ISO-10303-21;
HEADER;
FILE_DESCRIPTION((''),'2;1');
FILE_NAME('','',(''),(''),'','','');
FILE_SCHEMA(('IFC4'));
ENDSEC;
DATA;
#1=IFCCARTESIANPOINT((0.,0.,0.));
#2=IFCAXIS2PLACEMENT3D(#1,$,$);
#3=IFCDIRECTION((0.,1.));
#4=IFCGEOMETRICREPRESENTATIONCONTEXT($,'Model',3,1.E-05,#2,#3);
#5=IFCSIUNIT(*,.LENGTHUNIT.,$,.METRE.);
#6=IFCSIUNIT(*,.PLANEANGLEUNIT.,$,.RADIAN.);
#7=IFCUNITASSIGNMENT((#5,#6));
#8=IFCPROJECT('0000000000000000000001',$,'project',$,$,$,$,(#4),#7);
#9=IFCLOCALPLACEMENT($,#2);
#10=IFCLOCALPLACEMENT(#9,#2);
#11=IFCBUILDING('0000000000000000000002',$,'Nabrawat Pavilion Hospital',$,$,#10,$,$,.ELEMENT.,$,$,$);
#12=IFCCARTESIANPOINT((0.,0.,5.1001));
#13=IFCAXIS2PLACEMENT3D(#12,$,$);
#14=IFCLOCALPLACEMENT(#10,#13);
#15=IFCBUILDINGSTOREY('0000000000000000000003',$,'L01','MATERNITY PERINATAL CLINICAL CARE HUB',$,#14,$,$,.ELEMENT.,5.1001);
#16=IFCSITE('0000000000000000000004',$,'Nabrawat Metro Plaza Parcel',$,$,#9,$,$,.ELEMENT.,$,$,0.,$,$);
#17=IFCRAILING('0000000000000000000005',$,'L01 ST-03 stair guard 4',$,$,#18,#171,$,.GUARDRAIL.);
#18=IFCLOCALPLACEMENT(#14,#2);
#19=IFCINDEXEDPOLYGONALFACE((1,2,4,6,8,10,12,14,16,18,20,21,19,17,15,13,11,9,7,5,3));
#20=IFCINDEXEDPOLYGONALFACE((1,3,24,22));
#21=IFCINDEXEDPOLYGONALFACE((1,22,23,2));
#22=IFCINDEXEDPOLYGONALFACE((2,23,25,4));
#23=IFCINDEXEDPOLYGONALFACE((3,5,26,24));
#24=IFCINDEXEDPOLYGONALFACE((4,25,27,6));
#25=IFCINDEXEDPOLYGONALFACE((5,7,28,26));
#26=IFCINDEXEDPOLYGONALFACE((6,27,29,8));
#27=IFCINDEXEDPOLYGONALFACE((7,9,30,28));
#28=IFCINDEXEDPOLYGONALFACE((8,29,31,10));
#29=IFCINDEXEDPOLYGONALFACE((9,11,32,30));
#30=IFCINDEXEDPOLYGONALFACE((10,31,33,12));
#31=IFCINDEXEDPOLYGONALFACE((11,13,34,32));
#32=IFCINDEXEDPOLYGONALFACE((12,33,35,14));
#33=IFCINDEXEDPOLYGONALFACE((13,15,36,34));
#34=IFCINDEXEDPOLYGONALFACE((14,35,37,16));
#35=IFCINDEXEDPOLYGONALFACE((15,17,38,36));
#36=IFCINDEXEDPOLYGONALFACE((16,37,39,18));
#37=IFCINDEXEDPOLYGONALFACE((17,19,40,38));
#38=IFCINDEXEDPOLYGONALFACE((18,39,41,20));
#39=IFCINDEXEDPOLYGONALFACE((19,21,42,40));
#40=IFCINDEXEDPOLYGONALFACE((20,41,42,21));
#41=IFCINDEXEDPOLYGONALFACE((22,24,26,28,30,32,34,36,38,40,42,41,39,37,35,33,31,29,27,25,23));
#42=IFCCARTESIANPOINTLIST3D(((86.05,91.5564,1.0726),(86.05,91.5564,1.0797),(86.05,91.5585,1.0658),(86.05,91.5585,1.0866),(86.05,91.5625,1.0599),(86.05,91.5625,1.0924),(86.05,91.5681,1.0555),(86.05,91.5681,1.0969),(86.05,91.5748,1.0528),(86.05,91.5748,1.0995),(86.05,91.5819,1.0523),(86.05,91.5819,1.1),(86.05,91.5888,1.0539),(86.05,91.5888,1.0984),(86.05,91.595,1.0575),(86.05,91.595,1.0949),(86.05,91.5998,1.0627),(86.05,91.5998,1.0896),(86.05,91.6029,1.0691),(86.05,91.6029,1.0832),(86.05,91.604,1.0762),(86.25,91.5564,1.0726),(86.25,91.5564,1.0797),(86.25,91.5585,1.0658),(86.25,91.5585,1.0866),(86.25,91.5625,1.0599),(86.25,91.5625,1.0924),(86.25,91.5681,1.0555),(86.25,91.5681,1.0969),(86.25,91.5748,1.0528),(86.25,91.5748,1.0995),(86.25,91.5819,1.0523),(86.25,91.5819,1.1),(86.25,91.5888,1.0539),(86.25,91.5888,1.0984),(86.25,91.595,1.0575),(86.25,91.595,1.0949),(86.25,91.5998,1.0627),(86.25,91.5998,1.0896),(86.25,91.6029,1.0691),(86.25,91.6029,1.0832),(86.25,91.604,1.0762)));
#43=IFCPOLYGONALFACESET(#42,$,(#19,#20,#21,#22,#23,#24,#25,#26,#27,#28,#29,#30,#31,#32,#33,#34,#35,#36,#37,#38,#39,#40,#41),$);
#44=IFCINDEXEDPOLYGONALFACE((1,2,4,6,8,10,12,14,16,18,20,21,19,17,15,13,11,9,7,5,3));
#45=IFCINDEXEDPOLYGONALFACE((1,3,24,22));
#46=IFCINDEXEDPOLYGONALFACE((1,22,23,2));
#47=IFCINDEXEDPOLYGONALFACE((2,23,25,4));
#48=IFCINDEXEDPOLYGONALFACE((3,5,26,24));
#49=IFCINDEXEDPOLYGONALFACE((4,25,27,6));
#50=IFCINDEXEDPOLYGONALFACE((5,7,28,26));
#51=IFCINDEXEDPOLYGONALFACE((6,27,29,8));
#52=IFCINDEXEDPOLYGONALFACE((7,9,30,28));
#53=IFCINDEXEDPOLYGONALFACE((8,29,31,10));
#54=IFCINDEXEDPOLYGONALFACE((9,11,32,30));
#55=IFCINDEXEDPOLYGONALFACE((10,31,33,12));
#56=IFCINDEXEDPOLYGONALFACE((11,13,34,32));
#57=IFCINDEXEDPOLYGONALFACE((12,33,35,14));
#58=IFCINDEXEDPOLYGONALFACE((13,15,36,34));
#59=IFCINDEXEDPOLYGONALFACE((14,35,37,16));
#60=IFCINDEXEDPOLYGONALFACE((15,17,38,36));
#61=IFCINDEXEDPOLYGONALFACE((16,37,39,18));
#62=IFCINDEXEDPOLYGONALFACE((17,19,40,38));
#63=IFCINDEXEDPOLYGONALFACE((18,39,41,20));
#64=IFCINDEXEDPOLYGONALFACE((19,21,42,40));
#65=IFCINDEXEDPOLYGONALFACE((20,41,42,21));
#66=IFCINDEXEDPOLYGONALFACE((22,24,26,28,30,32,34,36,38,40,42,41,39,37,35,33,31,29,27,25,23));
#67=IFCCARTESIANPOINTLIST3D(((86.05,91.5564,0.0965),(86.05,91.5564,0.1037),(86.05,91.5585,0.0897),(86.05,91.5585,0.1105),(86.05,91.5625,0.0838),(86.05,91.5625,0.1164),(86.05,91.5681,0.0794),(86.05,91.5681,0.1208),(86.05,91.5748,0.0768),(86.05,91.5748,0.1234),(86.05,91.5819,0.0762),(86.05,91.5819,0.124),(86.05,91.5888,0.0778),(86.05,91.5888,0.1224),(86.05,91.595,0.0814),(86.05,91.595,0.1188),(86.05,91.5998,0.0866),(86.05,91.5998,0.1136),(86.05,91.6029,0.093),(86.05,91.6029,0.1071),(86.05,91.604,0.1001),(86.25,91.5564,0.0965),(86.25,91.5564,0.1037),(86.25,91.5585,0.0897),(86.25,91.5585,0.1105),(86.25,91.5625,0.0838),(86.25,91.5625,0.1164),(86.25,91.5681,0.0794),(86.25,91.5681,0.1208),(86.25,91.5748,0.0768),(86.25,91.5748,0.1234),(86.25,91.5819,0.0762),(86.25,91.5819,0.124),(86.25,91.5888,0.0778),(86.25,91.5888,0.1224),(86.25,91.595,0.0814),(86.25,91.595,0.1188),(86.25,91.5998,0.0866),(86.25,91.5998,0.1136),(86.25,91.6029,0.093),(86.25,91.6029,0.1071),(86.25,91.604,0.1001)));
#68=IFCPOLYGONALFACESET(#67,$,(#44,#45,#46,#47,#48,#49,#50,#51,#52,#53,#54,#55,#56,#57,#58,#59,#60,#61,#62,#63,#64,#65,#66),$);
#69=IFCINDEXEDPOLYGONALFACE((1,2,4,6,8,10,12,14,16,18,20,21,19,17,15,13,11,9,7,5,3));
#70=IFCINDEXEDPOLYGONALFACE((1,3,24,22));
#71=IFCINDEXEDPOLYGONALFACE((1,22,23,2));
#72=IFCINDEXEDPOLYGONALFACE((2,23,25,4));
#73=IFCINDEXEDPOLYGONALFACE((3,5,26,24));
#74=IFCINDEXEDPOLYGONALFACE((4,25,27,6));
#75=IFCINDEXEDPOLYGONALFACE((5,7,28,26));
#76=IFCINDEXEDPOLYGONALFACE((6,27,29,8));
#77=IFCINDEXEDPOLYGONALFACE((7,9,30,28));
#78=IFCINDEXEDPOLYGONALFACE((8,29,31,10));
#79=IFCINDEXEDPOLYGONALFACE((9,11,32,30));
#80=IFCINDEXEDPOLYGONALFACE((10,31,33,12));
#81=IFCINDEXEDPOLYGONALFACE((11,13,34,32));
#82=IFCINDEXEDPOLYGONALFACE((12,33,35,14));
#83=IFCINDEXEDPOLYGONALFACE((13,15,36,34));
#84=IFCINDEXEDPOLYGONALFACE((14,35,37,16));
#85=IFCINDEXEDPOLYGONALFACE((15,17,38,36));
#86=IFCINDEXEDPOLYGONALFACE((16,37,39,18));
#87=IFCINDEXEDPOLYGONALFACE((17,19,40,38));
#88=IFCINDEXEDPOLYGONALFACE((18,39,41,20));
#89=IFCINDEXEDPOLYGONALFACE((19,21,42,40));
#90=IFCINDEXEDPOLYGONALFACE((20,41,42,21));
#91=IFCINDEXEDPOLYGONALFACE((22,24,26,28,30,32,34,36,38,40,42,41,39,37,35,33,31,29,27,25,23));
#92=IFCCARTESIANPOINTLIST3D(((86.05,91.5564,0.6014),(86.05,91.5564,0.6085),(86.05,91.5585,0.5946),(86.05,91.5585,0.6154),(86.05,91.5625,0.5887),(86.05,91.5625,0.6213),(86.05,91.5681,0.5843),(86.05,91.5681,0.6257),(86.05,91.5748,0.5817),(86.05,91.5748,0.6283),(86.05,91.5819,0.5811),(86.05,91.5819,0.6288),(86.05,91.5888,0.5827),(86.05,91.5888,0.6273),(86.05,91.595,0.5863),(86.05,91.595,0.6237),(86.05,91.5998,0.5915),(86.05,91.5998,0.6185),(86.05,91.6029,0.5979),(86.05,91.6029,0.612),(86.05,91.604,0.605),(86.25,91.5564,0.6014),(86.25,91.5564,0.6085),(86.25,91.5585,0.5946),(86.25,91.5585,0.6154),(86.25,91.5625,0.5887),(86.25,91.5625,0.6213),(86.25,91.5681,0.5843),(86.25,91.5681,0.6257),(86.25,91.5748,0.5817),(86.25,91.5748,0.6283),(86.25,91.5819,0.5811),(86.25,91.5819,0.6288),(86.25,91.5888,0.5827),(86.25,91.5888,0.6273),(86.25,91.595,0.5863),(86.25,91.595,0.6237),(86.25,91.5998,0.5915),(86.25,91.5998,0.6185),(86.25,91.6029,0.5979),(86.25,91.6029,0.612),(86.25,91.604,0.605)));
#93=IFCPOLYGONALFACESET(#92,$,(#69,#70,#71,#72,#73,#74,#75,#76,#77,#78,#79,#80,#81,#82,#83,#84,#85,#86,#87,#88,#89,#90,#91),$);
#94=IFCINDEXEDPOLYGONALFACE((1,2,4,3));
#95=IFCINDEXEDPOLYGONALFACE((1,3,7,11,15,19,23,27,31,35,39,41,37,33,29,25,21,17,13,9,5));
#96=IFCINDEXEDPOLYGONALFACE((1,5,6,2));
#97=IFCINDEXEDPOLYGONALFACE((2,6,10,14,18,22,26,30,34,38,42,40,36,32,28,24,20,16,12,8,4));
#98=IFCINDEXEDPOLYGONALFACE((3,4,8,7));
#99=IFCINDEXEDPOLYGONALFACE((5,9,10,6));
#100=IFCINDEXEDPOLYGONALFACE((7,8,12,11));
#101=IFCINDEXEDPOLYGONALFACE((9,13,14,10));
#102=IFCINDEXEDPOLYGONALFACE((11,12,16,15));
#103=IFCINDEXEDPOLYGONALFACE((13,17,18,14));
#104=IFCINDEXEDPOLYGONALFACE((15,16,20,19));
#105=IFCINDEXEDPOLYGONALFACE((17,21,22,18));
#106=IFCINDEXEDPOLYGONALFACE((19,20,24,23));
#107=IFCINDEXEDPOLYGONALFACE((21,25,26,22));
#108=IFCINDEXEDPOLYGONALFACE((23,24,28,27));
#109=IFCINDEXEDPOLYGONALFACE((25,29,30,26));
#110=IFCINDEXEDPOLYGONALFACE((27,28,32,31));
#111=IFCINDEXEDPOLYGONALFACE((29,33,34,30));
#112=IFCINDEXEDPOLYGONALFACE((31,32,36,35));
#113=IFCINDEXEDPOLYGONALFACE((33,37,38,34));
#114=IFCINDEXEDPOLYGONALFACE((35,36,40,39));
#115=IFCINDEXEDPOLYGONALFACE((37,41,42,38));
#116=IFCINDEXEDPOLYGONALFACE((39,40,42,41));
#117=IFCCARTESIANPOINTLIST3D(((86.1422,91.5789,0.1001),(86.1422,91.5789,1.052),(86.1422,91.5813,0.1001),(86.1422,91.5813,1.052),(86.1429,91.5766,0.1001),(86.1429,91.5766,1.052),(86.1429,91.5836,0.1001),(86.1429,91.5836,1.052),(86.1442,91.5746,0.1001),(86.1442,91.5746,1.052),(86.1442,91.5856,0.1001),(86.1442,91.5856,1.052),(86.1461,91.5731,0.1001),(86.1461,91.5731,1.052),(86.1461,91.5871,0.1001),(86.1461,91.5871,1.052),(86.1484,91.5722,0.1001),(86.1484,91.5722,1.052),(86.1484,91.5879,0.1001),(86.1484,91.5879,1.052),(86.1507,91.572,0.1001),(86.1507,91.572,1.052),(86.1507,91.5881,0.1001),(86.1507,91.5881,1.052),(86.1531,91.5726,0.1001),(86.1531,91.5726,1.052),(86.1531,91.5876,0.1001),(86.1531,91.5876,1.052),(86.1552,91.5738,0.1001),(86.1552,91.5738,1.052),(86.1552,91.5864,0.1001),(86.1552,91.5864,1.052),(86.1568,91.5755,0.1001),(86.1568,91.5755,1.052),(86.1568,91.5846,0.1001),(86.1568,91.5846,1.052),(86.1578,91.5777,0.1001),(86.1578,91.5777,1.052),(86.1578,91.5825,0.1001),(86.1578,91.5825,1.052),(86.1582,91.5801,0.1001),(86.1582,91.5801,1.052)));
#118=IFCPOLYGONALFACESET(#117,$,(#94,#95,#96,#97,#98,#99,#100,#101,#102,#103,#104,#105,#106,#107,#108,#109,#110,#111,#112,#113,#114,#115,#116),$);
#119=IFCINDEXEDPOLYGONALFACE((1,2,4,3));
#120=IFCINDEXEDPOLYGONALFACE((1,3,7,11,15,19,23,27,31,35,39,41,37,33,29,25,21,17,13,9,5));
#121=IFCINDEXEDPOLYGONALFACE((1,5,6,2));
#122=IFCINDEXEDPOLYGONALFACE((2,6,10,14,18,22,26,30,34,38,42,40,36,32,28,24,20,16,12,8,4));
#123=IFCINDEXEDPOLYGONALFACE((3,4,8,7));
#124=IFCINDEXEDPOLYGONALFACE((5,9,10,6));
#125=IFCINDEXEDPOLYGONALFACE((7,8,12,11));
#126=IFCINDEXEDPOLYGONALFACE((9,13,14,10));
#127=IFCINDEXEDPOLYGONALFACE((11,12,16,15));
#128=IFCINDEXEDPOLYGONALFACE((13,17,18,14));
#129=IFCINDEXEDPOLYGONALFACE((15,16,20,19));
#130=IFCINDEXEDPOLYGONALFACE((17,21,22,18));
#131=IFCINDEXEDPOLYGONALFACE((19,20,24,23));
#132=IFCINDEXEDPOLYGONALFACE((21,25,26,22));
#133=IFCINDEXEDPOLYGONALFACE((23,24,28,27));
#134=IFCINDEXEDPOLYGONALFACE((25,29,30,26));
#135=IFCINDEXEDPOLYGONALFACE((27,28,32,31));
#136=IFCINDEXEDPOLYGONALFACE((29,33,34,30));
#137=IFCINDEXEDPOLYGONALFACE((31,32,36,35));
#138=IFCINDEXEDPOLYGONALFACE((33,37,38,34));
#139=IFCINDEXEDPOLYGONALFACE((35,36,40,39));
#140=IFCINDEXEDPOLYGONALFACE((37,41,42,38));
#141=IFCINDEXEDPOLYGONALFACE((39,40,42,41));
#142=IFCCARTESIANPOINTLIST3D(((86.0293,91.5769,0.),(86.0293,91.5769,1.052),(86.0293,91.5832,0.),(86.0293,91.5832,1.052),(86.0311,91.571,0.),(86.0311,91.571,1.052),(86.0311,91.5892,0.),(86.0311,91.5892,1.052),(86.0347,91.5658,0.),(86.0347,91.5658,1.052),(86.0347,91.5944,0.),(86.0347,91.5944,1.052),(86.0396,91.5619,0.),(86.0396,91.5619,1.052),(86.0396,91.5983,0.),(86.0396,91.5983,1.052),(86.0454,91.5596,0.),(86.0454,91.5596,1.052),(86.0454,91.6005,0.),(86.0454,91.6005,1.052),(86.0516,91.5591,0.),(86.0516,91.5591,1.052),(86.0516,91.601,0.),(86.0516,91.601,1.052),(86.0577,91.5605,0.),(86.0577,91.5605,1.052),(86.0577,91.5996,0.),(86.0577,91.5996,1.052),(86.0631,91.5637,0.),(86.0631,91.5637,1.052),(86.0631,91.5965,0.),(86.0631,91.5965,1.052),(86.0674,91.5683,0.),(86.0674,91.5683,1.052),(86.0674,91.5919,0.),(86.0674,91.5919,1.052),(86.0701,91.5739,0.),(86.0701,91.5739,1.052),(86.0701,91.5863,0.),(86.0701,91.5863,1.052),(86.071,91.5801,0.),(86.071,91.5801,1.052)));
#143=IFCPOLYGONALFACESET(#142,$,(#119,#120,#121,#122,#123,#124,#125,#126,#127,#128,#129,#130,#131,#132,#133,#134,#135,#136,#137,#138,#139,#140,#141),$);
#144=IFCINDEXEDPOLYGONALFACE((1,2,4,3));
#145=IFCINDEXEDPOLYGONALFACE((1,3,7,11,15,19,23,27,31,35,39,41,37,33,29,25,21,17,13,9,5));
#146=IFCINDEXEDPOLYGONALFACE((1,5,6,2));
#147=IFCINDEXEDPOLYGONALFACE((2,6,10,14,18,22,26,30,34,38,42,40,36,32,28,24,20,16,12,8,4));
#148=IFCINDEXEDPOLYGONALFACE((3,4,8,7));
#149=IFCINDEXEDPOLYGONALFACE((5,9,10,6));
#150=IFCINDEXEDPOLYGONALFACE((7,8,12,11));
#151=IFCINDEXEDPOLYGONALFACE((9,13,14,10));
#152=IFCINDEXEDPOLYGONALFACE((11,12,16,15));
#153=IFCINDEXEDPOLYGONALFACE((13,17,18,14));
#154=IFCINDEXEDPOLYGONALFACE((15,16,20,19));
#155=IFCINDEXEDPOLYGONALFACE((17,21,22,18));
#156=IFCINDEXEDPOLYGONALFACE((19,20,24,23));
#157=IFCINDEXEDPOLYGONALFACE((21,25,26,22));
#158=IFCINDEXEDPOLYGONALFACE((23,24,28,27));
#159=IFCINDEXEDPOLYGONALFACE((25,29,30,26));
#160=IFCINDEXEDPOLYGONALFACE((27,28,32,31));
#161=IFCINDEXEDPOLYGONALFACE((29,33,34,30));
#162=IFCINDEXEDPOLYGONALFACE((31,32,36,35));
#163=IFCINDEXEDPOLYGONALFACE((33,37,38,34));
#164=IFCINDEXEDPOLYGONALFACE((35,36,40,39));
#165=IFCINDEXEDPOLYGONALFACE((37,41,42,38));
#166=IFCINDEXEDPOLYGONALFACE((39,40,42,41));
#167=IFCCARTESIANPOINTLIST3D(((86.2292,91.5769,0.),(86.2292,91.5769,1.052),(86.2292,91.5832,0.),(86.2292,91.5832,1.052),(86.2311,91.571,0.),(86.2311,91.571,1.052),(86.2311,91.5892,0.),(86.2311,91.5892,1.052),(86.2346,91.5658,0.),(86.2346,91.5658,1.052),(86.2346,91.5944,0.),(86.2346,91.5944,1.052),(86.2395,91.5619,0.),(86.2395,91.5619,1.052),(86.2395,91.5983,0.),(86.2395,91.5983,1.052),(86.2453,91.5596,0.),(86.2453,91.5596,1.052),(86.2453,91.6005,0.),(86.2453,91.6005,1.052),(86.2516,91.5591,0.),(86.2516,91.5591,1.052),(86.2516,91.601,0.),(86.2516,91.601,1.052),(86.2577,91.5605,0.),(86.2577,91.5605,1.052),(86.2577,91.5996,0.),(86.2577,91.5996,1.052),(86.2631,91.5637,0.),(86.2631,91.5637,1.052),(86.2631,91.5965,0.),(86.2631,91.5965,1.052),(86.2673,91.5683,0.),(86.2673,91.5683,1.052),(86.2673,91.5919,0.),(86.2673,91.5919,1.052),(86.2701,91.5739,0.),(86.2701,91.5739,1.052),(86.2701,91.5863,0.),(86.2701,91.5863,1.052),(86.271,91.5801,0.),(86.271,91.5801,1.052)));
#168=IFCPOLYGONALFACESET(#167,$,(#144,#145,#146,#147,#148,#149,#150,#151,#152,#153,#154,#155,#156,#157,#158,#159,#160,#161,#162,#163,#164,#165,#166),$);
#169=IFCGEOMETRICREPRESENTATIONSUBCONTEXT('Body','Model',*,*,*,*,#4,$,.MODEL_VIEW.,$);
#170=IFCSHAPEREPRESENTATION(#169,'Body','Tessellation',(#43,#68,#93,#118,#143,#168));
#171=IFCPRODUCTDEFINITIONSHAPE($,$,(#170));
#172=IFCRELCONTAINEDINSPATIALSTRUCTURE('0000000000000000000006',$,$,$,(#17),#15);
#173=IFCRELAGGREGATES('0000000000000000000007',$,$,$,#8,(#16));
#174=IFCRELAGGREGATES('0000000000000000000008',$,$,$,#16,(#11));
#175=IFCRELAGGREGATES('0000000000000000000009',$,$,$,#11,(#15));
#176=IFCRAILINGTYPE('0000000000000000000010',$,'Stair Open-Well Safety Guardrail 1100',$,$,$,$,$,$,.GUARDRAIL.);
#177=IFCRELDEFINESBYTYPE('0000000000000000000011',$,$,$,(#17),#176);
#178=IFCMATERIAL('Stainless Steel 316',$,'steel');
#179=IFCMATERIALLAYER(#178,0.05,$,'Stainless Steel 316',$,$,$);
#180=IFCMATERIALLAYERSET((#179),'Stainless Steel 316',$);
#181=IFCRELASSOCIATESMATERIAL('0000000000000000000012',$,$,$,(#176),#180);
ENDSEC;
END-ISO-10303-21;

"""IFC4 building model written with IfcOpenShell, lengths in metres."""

from ifc_helpers import new_model, si_unit, direction, frame, origin, origin_2d, place, context, subcontext, project, spatial, circle, extrude, material, layer, layer_set, type_object, element, save


model = new_model("IFC4")

# Units and contexts
model_context = context("Model", 3, precision=1e-05, world=origin(), true_north=direction((0.0, 1.0)))
body_context = subcontext(model_context, "Body", "Model", "MODEL_VIEW")
ifc_project = project(units=[si_unit("LENGTHUNIT", "METRE"), si_unit("PLANEANGLEUNIT", "RADIAN")], contexts=[model_context])

# Site, building, storey
site_placement = place(None, origin())
site = spatial("IfcSite", under=ifc_project, at=site_placement, Name="Nabrawat Metro Plaza Parcel", CompositionType="ELEMENT", RefElevation=0.0)
building_placement = place(site_placement, origin())
building = spatial("IfcBuilding", under=site, at=building_placement, Name="Nabrawat Pavilion Hospital", CompositionType="ELEMENT")
storey_placement = place(building_placement, frame((0.0, 0.0, 5.1001)))
storey = spatial("IfcBuildingStorey", under=building, at=storey_placement, Name="L01", Description="MATERNITY PERINATAL CLINICAL CARE HUB", CompositionType="ELEMENT", Elevation=5.1001)

# Railing
ifc_material_1 = material(Name="Stainless Steel 316", Category="steel")
ifc_layer_1 = layer(ifc_material_1, 0.05, Name="Stainless Steel 316")
ifc_layer_set_1 = layer_set([ifc_layer_1], Name="Stainless Steel 316")
railing_type_1 = type_object("IfcRailingType", Name="Stair Open-Well Safety Guardrail 1100", PredefinedType="GUARDRAIL", material=ifc_layer_set_1)
railing_1_placement = place(storey_placement, frame((86.05, 91.5801, 0.0)))
element("IfcRailing", 1, at=railing_1_placement, inside=storey, type_object=railing_type_1, Name="L01 ST-03 stair guard 4", PredefinedType="GUARDRAIL", context=body_context, shape_type="SweptSolid", body=[
    extrude(circle(Radius=0.0239, at=origin_2d()), frame((0.0, 0.0, 1.0762), z_axis=(1.0, 0.0, 0.0), x_axis=(0.0, 1.0, 0.0)), (0.0, 0.0, 1.0), 0.2),
    extrude(circle(Radius=0.0239, at=origin_2d()), frame((0.0, 0.0, 0.1001), z_axis=(1.0, 0.0, 0.0), x_axis=(0.0, 1.0, 0.0)), (0.0, 0.0, 1.0), 0.2),
    extrude(circle(Radius=0.0239, at=origin_2d()), frame((0.0, 0.0, 0.605), z_axis=(1.0, 0.0, 0.0), x_axis=(0.0, 1.0, 0.0)), (0.0, 0.0, 1.0), 0.2),
    extrude(circle(Radius=0.0081, at=origin_2d()), frame((0.1001, 0.0, 0.1001)), (0.0, 0.0, 1.0), 0.9519),
    extrude(circle(Radius=0.021, at=origin_2d()), origin(), (0.0, 0.0, 1.0), 1.052),
    extrude(circle(Radius=0.021, at=origin_2d()), frame((0.2, 0.0, 0.0)), (0.0, 0.0, 1.0), 1.052),
])

save(model, "model.ifc")
